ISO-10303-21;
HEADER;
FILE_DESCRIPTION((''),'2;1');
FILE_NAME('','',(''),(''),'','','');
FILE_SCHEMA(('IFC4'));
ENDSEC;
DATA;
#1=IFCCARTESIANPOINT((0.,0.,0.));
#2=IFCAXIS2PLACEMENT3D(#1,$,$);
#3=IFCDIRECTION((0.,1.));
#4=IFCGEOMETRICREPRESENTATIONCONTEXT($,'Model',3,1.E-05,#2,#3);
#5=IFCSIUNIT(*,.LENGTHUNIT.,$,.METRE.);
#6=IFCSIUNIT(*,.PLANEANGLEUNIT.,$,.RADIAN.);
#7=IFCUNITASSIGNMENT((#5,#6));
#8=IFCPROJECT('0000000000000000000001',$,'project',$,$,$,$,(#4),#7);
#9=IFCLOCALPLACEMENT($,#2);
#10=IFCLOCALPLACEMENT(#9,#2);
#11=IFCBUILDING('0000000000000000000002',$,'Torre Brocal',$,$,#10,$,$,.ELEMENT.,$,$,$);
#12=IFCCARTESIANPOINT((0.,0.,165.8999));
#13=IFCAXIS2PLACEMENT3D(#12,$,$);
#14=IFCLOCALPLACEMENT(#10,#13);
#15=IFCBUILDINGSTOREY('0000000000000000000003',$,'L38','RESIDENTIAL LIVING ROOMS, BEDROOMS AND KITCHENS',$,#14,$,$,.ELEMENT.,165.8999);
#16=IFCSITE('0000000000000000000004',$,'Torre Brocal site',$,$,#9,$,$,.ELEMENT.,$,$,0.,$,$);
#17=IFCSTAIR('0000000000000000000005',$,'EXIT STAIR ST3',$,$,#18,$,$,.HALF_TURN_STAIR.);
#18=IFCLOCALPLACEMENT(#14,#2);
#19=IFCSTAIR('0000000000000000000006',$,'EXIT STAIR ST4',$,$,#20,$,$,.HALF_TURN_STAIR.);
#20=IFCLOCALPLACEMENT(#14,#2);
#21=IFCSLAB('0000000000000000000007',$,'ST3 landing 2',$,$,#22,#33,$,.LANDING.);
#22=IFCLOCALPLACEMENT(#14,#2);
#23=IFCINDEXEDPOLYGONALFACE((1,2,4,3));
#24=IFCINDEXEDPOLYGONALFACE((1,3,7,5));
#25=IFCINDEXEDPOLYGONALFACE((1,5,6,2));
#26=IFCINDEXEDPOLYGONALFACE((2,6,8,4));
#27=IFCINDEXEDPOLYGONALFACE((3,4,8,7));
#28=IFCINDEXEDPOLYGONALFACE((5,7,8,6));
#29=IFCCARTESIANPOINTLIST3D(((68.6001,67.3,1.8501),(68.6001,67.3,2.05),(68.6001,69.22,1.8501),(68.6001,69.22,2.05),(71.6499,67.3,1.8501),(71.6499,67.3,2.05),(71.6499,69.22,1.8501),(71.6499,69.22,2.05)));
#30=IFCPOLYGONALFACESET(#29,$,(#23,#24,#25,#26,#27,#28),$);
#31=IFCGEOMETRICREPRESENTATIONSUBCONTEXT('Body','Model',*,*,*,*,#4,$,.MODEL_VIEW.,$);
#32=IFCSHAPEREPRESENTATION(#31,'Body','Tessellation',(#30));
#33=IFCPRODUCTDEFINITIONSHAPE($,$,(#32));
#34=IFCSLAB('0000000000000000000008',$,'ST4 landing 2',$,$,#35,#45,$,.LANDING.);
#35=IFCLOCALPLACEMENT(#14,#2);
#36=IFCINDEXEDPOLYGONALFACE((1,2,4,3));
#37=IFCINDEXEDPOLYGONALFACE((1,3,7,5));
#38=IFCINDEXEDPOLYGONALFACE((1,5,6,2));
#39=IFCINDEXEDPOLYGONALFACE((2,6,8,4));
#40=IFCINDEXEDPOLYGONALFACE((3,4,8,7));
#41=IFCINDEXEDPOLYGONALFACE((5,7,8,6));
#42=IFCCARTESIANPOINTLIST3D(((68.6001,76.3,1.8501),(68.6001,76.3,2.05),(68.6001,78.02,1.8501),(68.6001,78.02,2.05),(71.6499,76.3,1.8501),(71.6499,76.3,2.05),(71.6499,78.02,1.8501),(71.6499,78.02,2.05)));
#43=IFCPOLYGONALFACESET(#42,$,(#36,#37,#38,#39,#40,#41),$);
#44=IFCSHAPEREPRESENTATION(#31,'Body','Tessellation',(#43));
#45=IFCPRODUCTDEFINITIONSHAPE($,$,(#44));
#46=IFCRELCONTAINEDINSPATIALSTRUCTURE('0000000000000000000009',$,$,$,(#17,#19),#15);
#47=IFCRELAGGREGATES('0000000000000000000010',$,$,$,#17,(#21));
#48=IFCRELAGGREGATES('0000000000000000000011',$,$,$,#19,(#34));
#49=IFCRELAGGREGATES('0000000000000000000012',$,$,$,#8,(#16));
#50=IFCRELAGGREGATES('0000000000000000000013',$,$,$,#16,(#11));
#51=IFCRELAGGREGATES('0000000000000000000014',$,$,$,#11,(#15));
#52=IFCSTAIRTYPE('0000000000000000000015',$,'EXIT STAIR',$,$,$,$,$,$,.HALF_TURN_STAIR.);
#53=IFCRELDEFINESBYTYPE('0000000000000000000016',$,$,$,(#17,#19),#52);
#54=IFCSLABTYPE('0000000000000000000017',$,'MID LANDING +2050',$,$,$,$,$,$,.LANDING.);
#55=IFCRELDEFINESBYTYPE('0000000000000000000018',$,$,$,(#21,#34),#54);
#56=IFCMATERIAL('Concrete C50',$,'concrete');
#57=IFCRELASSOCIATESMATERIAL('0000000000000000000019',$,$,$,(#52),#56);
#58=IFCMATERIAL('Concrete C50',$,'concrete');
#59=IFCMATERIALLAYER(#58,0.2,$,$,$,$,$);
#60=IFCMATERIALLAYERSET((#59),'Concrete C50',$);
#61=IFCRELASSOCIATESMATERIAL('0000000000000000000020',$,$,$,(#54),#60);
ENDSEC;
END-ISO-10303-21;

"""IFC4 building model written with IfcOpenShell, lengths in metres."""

from ifc_helpers import new_model, si_unit, direction, frame, origin, place, context, subcontext, project, spatial, polyline, outline, extrude, material, layer, layer_set, type_object, element, aggregate, save


model = new_model("IFC4")

# Units and contexts
model_context = context("Model", 3, precision=1e-05, world=origin(), true_north=direction((0.0, 1.0)))
body_context = subcontext(model_context, "Body", "Model", "MODEL_VIEW")
ifc_project = project(units=[si_unit("LENGTHUNIT", "METRE"), si_unit("PLANEANGLEUNIT", "RADIAN")], contexts=[model_context])

# Site, building, storey
site_placement = place(None, origin())
site = spatial("IfcSite", under=ifc_project, at=site_placement, Name="Torre Brocal site", CompositionType="ELEMENT", RefElevation=0.0)
building_placement = place(site_placement, origin())
building = spatial("IfcBuilding", under=site, at=building_placement, Name="Torre Brocal", CompositionType="ELEMENT")
storey_placement = place(building_placement, frame((0.0, 0.0, 165.8999)))
storey = spatial("IfcBuildingStorey", under=building, at=storey_placement, Name="L38", Description="RESIDENTIAL LIVING ROOMS, BEDROOMS AND KITCHENS", CompositionType="ELEMENT", Elevation=165.8999)

# Stairs
ifc_material_1 = material(Name="Concrete C50", Category="concrete")
stair_type = type_object("IfcStairType", Name="EXIT STAIR", PredefinedType="HALF_TURN_STAIR", material=ifc_material_1)
stair_1_placement = place(storey_placement, origin())
stair_1 = element("IfcStair", 1, at=stair_1_placement, inside=storey, type_object=stair_type, Name="EXIT STAIR ST3", PredefinedType="HALF_TURN_STAIR")
stair_2_placement = place(storey_placement, origin())
stair_2 = element("IfcStair", 2, at=stair_2_placement, inside=storey, type_object=stair_type, Name="EXIT STAIR ST4", PredefinedType="HALF_TURN_STAIR")

# Slabs
ifc_material_2 = material(Name="Concrete C50", Category="concrete")
ifc_layer_1 = layer(ifc_material_2, 0.2)
ifc_layer_set_1 = layer_set([ifc_layer_1], Name="Concrete C50")
slab_type_1 = type_object("IfcSlabType", Name="MID LANDING +2050", PredefinedType="LANDING", material=ifc_layer_set_1)
slab_1_placement = place(storey_placement, frame((0.0, 0.0, 1.8501)))
slab_1 = element("IfcSlab", 3, at=slab_1_placement, type_object=slab_type_1, Name="ST3 landing 2", PredefinedType="LANDING", context=body_context, shape_type="SweptSolid", body=[
    extrude(outline(polyline([(71.6499, 69.22), (68.6001, 69.22), (68.6001, 67.3), (71.6499, 67.3), (71.6499, 69.22)])), origin(), (0.0, 0.0, 1.0), 0.2),
])
aggregate(stair_1, [slab_1])
slab_2_placement = place(storey_placement, frame((0.0, 0.0, 1.8501)))
slab_2 = element("IfcSlab", 4, at=slab_2_placement, type_object=slab_type_1, Name="ST4 landing 2", PredefinedType="LANDING", context=body_context, shape_type="SweptSolid", body=[
    extrude(outline(polyline([(71.6499, 78.02), (68.6001, 78.02), (68.6001, 76.3), (71.6499, 76.3), (71.6499, 78.02)])), origin(), (0.0, 0.0, 1.0), 0.2),
])
aggregate(stair_2, [slab_2])

save(model, "model.ifc")
